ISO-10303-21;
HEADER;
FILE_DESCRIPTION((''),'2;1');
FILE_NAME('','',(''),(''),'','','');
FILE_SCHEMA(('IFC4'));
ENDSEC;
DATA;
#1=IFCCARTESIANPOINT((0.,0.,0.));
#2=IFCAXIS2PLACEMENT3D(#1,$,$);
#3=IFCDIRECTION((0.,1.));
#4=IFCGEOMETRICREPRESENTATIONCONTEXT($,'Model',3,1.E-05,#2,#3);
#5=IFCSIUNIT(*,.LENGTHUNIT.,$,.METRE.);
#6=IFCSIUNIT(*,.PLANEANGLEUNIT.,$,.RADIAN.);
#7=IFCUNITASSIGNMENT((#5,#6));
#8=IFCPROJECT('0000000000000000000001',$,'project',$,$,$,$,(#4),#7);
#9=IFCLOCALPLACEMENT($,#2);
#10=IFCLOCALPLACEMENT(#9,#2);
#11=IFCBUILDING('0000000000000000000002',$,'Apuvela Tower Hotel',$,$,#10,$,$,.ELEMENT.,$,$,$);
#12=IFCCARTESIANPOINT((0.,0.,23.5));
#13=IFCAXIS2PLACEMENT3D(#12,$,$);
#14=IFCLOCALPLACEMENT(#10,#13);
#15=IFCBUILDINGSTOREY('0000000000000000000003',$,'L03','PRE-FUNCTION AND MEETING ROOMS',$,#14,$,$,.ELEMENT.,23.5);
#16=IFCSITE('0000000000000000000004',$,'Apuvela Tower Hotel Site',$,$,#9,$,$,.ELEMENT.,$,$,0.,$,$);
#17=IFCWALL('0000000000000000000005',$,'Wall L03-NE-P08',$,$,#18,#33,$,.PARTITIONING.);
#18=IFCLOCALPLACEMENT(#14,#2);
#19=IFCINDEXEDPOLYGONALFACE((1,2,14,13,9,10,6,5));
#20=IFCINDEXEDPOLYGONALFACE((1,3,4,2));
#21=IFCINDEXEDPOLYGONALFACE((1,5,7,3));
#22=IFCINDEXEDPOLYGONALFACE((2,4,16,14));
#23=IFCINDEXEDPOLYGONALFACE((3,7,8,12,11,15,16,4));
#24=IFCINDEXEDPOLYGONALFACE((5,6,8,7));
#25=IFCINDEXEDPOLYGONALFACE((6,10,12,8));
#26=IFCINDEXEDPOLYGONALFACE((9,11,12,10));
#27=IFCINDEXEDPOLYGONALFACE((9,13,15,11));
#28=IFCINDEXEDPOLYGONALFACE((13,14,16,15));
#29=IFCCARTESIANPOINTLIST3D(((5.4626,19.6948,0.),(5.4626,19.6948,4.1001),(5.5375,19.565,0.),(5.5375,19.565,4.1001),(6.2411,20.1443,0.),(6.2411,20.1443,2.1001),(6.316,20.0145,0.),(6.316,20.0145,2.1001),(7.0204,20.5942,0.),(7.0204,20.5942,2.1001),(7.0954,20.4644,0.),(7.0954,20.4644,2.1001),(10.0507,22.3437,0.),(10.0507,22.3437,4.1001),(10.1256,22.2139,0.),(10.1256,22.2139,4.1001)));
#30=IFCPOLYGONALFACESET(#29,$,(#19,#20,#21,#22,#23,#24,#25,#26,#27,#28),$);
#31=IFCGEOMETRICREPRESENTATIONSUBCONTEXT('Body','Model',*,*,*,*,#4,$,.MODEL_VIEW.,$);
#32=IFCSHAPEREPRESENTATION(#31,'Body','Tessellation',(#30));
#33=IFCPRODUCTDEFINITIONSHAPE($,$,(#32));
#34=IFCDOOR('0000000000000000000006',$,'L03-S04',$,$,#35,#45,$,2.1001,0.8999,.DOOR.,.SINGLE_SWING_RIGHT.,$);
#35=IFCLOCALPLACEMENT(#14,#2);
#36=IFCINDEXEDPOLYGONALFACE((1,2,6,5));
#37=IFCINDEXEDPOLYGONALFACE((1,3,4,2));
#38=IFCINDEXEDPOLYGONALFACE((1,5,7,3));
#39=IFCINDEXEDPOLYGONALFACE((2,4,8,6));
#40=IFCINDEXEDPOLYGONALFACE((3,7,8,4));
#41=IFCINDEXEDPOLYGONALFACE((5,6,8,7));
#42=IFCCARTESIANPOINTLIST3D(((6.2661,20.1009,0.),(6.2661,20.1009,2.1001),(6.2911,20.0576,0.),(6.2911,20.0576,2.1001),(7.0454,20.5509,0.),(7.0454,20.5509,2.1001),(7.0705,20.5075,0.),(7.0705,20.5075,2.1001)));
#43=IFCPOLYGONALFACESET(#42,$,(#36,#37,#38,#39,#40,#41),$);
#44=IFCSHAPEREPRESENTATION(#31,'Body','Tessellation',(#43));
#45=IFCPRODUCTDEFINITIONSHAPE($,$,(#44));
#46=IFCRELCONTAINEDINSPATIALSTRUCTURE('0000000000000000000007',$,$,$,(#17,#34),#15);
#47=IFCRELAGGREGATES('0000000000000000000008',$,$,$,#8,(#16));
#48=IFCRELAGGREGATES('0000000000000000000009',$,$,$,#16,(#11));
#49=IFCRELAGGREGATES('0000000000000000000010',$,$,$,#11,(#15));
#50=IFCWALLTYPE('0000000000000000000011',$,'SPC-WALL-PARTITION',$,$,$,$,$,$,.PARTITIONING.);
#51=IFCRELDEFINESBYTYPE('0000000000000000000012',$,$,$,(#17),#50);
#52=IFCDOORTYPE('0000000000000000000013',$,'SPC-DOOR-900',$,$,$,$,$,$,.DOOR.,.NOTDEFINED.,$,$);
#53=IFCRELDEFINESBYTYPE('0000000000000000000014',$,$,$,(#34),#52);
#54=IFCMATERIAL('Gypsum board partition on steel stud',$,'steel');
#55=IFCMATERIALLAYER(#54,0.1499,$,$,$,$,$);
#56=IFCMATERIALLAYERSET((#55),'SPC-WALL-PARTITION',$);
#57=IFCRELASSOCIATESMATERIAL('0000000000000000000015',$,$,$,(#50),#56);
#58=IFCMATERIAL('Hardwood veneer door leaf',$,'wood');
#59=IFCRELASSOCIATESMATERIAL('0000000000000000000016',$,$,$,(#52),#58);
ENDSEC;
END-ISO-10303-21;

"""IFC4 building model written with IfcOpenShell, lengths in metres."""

from ifc_helpers import new_model, si_unit, direction, frame, frame_2d, origin, place, context, subcontext, project, spatial, rectangle, extrude, material, layer, layer_set, type_object, element, fill, save


model = new_model("IFC4")

# Units and contexts
model_context = context("Model", 3, precision=1e-05, world=origin(), true_north=direction((0.0, 1.0)))
body_context = subcontext(model_context, "Body", "Model", "MODEL_VIEW")
ifc_project = project(units=[si_unit("LENGTHUNIT", "METRE"), si_unit("PLANEANGLEUNIT", "RADIAN")], contexts=[model_context])

# Site, building, storey
site_placement = place(None, origin())
site = spatial("IfcSite", under=ifc_project, at=site_placement, Name="Apuvela Tower Hotel Site", CompositionType="ELEMENT", RefElevation=0.0)
building_placement = place(site_placement, origin())
building = spatial("IfcBuilding", under=site, at=building_placement, Name="Apuvela Tower Hotel", CompositionType="ELEMENT")
storey_placement = place(building_placement, frame((0.0, 0.0, 23.5)))
storey = spatial("IfcBuildingStorey", under=building, at=storey_placement, Name="L03", Description="PRE-FUNCTION AND MEETING ROOMS", CompositionType="ELEMENT", Elevation=23.5)

# Wall, opening, door
ifc_material_1 = material(Name="Gypsum board partition on steel stud", Category="steel")
ifc_layer_1 = layer(ifc_material_1, 0.1499)
ifc_layer_set_1 = layer_set([ifc_layer_1], Name="SPC-WALL-PARTITION")
wall_type_1 = type_object("IfcWallType", Name="SPC-WALL-PARTITION", PredefinedType="PARTITIONING", material=ifc_layer_set_1)
wall_1_placement = place(storey_placement, frame((10.0881, 22.2788, 0.0), z_axis=(0.0, 0.0, 1.0), x_axis=(-0.866028, -0.499995, 0.0)))
wall_1 = element("IfcWall", 1, at=wall_1_placement, inside=storey, type_object=wall_type_1, Name="Wall L03-NE-P08", PredefinedType="PARTITIONING", context=body_context, shape_type="SweptSolid", body=[
    extrude(rectangle(XDim=5.2979, YDim=0.1499, at=frame_2d((2.6489, 0.0))), origin(), (0.0, 0.0, 1.0), 4.1001),
])
opening_placement = place(wall_1_placement, frame((3.499, 0.0, 0.0)))
opening = element("IfcOpeningElement", 2, at=opening_placement, cuts=wall_1, PredefinedType="OPENING", context=body_context, shape_type="SweptSolid", body=[
    extrude(rectangle(XDim=0.8999, YDim=2.1001, at=frame_2d((0.45, 1.05))), frame((0.0, 0.085, 0.0), z_axis=(0.0, -1.0, 0.0), x_axis=(1.0, 0.0, 0.0)), (0.0, 0.0, 1.0), 0.1699),
])
ifc_material_2 = material(Name="Hardwood veneer door leaf", Category="wood")
door_type = type_object("IfcDoorType", Name="SPC-DOOR-900", OperationType="NOTDEFINED", PredefinedType="DOOR", material=ifc_material_2)
door_placement = place(opening_placement, frame((0.8999, 0.0, 0.0), z_axis=(0.0, 0.0, 1.0), x_axis=(-1.0, 0.0, 0.0)))
door = element("IfcDoor", 3, at=door_placement, inside=storey, type_object=door_type, Name="L03-S04", OperationType="SINGLE_SWING_RIGHT", OverallHeight=2.1001, OverallWidth=0.8999, PredefinedType="DOOR", context=body_context, shape_type="SweptSolid", body=[
    extrude(rectangle(XDim=0.8999, YDim=2.1001, at=frame_2d((0.45, 1.05))), frame((0.0, 0.0249, 0.0), z_axis=(0.0, -1.0, 0.0), x_axis=(1.0, 0.0, 0.0)), (0.0, 0.0, 1.0), 0.05),
])
fill(opening, door)

save(model, "model.ifc")
